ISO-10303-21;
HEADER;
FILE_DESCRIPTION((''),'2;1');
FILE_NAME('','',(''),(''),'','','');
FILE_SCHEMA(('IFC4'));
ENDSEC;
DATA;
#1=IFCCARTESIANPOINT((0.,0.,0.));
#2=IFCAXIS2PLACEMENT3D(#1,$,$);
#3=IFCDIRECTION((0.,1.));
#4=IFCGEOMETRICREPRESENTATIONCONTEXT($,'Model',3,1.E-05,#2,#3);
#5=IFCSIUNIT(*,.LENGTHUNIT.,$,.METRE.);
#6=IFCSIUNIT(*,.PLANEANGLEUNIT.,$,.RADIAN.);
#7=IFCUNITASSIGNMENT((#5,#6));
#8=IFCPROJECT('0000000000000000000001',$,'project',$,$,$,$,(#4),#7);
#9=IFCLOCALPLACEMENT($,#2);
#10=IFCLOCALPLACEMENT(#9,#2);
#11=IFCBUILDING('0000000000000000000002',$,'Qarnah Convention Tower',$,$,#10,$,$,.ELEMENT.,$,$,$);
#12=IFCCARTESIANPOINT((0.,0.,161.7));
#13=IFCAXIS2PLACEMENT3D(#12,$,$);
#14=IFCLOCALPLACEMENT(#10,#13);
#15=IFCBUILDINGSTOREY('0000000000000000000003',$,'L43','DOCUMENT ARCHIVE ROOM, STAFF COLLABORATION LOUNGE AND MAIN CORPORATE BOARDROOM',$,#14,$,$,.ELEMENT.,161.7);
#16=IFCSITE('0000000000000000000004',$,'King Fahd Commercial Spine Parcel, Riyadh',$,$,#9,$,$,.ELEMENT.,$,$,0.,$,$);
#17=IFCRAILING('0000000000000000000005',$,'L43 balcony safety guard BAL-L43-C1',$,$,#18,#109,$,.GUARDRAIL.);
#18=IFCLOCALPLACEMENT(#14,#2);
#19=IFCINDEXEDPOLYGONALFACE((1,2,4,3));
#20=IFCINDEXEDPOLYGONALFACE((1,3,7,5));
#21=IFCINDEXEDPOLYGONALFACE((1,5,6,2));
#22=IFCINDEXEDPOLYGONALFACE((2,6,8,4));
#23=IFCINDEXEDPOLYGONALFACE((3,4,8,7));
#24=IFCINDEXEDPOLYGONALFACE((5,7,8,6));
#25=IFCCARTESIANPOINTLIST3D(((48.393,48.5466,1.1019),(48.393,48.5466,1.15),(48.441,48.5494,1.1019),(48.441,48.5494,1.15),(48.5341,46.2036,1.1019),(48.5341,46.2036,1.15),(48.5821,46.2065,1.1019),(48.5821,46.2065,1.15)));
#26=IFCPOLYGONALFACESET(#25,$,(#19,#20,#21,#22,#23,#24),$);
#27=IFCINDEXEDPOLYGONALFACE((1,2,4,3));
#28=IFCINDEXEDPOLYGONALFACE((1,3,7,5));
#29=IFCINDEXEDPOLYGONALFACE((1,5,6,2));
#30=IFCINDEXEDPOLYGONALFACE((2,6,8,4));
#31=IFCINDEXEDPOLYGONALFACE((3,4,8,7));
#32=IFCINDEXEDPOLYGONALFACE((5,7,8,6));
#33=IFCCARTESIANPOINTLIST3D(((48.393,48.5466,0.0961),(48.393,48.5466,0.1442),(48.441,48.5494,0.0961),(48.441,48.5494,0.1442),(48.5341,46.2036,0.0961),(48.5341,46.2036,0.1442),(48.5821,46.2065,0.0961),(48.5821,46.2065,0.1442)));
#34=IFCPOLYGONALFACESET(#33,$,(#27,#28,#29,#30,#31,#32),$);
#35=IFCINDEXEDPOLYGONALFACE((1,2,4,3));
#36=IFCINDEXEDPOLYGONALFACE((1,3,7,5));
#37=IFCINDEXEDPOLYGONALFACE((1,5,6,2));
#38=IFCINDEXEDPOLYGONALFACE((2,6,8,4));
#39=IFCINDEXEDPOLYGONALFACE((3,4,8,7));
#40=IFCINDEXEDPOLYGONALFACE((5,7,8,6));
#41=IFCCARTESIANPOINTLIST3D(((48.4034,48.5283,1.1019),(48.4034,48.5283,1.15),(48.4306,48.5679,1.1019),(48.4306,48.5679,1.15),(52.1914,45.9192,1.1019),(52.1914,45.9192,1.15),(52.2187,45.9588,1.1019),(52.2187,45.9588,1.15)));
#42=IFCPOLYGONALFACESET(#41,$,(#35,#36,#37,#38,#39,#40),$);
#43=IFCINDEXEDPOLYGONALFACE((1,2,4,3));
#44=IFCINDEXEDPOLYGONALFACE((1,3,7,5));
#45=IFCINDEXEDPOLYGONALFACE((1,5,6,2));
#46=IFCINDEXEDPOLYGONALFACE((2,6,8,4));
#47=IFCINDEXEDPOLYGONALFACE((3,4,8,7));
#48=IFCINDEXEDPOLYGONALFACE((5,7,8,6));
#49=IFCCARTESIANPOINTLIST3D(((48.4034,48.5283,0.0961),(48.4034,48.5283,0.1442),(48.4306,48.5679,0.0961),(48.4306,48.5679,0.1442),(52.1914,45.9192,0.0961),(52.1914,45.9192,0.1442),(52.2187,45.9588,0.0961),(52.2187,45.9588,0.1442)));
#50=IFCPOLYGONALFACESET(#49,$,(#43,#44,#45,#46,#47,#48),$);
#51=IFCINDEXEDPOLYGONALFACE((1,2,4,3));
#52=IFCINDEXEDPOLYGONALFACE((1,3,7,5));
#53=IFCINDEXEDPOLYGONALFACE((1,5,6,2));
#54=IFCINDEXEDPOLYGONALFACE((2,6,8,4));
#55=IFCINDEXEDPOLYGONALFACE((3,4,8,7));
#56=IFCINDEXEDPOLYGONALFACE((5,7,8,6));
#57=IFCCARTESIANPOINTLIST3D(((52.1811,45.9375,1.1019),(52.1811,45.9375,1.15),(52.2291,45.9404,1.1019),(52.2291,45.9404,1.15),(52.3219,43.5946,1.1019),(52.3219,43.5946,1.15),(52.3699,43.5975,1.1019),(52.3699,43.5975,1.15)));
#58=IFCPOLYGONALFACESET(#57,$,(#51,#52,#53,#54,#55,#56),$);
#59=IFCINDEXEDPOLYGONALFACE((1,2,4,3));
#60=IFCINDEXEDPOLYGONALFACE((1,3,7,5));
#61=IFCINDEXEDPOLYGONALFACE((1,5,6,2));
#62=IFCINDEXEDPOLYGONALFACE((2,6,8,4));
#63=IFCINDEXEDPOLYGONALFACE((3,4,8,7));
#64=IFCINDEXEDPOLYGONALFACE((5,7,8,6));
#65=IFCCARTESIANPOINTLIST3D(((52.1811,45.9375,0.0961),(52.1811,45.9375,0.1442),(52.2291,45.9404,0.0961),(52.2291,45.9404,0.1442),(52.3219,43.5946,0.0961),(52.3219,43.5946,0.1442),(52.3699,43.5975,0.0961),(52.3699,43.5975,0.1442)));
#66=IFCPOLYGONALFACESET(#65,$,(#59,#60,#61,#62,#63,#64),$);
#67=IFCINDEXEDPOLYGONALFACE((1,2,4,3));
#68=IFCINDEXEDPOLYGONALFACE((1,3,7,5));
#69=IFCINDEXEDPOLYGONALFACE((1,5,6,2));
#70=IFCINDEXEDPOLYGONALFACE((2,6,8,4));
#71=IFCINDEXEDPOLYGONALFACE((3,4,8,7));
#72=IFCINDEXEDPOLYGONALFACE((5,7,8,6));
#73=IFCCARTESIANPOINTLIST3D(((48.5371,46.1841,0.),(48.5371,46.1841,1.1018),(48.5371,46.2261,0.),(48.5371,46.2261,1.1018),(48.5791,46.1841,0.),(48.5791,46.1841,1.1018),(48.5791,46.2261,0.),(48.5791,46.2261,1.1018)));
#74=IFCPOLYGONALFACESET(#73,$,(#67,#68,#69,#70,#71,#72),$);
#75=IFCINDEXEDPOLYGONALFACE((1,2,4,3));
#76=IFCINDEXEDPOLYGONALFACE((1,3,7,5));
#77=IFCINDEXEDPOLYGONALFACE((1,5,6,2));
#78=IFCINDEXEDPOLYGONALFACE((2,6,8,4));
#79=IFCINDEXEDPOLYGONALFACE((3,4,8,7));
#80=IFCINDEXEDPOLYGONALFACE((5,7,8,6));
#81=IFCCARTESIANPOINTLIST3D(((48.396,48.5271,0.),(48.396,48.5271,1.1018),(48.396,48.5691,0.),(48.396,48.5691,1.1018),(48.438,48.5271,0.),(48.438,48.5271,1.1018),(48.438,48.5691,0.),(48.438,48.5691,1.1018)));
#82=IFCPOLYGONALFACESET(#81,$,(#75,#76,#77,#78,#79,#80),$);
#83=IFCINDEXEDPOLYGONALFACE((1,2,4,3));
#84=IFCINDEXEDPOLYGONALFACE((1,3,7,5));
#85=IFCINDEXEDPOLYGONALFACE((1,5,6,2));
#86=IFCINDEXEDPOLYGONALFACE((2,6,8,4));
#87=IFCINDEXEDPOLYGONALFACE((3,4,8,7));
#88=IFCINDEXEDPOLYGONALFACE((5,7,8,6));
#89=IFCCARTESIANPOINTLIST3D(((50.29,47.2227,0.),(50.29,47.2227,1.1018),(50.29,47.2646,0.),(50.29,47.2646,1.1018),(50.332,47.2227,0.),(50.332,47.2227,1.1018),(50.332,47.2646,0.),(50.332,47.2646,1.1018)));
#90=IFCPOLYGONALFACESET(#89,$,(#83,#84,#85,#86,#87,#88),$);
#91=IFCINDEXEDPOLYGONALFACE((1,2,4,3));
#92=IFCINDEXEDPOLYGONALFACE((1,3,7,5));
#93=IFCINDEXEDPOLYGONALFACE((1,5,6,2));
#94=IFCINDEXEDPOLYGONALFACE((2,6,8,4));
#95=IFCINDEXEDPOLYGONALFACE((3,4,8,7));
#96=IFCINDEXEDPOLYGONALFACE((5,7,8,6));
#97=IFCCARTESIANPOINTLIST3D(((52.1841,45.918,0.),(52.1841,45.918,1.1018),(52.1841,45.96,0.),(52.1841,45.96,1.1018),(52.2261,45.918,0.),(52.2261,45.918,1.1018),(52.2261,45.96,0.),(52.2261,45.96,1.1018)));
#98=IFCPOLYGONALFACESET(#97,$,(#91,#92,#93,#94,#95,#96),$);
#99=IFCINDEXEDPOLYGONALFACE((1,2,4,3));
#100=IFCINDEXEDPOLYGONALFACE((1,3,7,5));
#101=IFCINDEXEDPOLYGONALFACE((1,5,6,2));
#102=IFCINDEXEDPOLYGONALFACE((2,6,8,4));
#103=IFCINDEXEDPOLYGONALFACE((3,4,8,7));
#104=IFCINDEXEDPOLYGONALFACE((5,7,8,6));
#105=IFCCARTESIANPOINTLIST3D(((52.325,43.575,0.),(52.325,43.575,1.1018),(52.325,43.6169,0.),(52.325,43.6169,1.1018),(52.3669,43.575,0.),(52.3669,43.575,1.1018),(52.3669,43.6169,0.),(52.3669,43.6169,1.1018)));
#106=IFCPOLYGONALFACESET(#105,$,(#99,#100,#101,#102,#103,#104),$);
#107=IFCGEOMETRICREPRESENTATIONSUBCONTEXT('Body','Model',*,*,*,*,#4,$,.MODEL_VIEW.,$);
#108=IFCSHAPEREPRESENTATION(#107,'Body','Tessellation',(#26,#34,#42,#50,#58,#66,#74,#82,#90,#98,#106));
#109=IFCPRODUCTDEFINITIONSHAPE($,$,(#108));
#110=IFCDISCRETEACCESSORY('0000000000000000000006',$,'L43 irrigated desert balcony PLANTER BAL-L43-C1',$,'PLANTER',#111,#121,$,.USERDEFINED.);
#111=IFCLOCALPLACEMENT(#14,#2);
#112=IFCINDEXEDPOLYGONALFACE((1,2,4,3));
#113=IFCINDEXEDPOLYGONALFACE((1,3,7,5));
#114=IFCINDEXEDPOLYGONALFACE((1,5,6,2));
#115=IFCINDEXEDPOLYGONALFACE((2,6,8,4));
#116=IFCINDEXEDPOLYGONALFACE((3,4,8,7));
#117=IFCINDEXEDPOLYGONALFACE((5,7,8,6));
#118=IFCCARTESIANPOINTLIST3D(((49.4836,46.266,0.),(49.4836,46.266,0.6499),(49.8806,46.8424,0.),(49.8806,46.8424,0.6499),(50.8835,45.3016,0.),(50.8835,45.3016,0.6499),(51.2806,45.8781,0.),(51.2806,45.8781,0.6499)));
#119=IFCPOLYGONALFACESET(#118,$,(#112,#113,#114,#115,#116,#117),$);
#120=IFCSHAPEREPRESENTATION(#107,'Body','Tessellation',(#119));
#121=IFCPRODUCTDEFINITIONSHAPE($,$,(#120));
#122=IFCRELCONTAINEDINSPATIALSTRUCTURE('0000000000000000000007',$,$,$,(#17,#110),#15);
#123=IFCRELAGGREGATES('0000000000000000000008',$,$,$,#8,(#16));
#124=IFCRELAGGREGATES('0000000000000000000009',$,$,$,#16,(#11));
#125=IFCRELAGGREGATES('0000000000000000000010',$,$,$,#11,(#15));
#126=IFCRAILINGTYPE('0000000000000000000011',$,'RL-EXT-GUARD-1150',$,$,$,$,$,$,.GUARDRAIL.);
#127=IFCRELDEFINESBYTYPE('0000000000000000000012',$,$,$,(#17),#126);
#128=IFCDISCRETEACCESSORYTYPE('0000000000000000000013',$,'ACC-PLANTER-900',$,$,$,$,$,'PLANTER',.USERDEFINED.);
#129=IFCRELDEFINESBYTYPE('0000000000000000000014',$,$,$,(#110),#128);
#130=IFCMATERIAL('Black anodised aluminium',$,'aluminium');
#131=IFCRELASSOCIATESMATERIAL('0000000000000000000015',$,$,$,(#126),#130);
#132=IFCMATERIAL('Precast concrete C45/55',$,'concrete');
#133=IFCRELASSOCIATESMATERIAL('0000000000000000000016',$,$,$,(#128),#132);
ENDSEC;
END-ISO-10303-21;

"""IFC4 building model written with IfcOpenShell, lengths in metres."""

from ifc_helpers import new_model, si_unit, direction, frame, origin, origin_2d, place, context, subcontext, project, spatial, rectangle, extrude, material, type_object, element, save


model = new_model("IFC4")

# Units and contexts
model_context = context("Model", 3, precision=1e-05, world=origin(), true_north=direction((0.0, 1.0)))
body_context = subcontext(model_context, "Body", "Model", "MODEL_VIEW")
ifc_project = project(units=[si_unit("LENGTHUNIT", "METRE"), si_unit("PLANEANGLEUNIT", "RADIAN")], contexts=[model_context])

# Site, building, storey
site_placement = place(None, origin())
site = spatial("IfcSite", under=ifc_project, at=site_placement, Name="King Fahd Commercial Spine Parcel, Riyadh", CompositionType="ELEMENT", RefElevation=0.0)
building_placement = place(site_placement, origin())
building = spatial("IfcBuilding", under=site, at=building_placement, Name="Qarnah Convention Tower", CompositionType="ELEMENT")
storey_placement = place(building_placement, frame((0.0, 0.0, 161.7)))
storey = spatial("IfcBuildingStorey", under=building, at=storey_placement, Name="L43", Description="DOCUMENT ARCHIVE ROOM, STAFF COLLABORATION LOUNGE AND MAIN CORPORATE BOARDROOM", CompositionType="ELEMENT", Elevation=161.7)

# Shared definitions
ifc_material_1 = material(Name="Black anodised aluminium", Category="aluminium")

# Shared definitions
ifc_material_2 = material(Name="Precast concrete C45/55", Category="concrete")

# Railing
railing_type = type_object("IfcRailingType", Name="RL-EXT-GUARD-1150", PredefinedType="GUARDRAIL", material=ifc_material_1)
railing_1_placement = place(storey_placement, frame((48.5581, 46.2051, 0.0)))
element("IfcRailing", 1, at=railing_1_placement, inside=storey, type_object=railing_type, Name="L43 balcony safety guard BAL-L43-C1", PredefinedType="GUARDRAIL", context=body_context, shape_type="SweptSolid", body=[
    extrude(rectangle(XDim=0.0481, YDim=0.0481, at=origin_2d()), frame((0.0, 0.0, 1.126), z_axis=(-0.060118, 0.998191, 0.0), x_axis=(-0.998191, -0.060118, 0.0)), (0.0, 0.0, 1.0), 2.3472),
    extrude(rectangle(XDim=0.0481, YDim=0.0481, at=origin_2d()), frame((0.0, 0.0, 0.1201), z_axis=(-0.060118, 0.998191, 0.0), x_axis=(-0.998191, -0.060118, 0.0)), (0.0, 0.0, 1.0), 2.3472),
    extrude(rectangle(XDim=0.0481, YDim=0.0481, at=origin_2d()), frame((-0.1411, 2.343, 1.126), z_axis=(0.823552, -0.56724, 0.0), x_axis=(0.56724, 0.823552, 0.0)), (0.0, 0.0, 1.0), 4.5996),
    extrude(rectangle(XDim=0.0481, YDim=0.0481, at=origin_2d()), frame((-0.1411, 2.343, 0.1201), z_axis=(0.823552, -0.56724, 0.0), x_axis=(0.56724, 0.823552, 0.0)), (0.0, 0.0, 1.0), 4.5996),
    extrude(rectangle(XDim=0.0481, YDim=0.0481, at=origin_2d()), frame((3.647, -0.2661, 1.126), z_axis=(0.060015, -0.998198, 0.0), x_axis=(0.998198, 0.060015, 0.0)), (0.0, 0.0, 1.0), 2.3472),
    extrude(rectangle(XDim=0.0481, YDim=0.0481, at=origin_2d()), frame((3.647, -0.2661, 0.1201), z_axis=(0.060015, -0.998198, 0.0), x_axis=(0.998198, 0.060015, 0.0)), (0.0, 0.0, 1.0), 2.3472),
    extrude(rectangle(XDim=0.042, YDim=0.042, at=origin_2d()), origin(), (0.0, 0.0, 1.0), 1.1018),
    extrude(rectangle(XDim=0.042, YDim=0.042, at=origin_2d()), frame((-0.1411, 2.343, 0.0)), (0.0, 0.0, 1.0), 1.1018),
    extrude(rectangle(XDim=0.042, YDim=0.042, at=origin_2d()), frame((1.7529, 1.0386, 0.0)), (0.0, 0.0, 1.0), 1.1018),
    extrude(rectangle(XDim=0.042, YDim=0.042, at=origin_2d()), frame((3.647, -0.2661, 0.0)), (0.0, 0.0, 1.0), 1.1018),
    extrude(rectangle(XDim=0.042, YDim=0.042, at=origin_2d()), frame((3.7878, -2.6091, 0.0)), (0.0, 0.0, 1.0), 1.1018),
])

# Discrete accessory
discrete_accessory_type = type_object("IfcDiscreteAccessoryType", Name="ACC-PLANTER-900", ElementType="PLANTER", PredefinedType="USERDEFINED", material=ifc_material_2)
discrete_accessory_placement = place(storey_placement, frame((50.3821, 46.072, 0.0), z_axis=(0.0, 0.0, 1.0), x_axis=(-0.823533, 0.567269, 0.0)))
element("IfcDiscreteAccessory", 2, at=discrete_accessory_placement, inside=storey, type_object=discrete_accessory_type, Name="L43 irrigated desert balcony PLANTER BAL-L43-C1", ObjectType="PLANTER", PredefinedType="USERDEFINED", context=body_context, shape_type="SweptSolid", body=[
    extrude(rectangle(XDim=1.7, YDim=0.7, at=origin_2d()), origin(), (0.0, 0.0, 1.0), 0.6499),
])

save(model, "model.ifc")
